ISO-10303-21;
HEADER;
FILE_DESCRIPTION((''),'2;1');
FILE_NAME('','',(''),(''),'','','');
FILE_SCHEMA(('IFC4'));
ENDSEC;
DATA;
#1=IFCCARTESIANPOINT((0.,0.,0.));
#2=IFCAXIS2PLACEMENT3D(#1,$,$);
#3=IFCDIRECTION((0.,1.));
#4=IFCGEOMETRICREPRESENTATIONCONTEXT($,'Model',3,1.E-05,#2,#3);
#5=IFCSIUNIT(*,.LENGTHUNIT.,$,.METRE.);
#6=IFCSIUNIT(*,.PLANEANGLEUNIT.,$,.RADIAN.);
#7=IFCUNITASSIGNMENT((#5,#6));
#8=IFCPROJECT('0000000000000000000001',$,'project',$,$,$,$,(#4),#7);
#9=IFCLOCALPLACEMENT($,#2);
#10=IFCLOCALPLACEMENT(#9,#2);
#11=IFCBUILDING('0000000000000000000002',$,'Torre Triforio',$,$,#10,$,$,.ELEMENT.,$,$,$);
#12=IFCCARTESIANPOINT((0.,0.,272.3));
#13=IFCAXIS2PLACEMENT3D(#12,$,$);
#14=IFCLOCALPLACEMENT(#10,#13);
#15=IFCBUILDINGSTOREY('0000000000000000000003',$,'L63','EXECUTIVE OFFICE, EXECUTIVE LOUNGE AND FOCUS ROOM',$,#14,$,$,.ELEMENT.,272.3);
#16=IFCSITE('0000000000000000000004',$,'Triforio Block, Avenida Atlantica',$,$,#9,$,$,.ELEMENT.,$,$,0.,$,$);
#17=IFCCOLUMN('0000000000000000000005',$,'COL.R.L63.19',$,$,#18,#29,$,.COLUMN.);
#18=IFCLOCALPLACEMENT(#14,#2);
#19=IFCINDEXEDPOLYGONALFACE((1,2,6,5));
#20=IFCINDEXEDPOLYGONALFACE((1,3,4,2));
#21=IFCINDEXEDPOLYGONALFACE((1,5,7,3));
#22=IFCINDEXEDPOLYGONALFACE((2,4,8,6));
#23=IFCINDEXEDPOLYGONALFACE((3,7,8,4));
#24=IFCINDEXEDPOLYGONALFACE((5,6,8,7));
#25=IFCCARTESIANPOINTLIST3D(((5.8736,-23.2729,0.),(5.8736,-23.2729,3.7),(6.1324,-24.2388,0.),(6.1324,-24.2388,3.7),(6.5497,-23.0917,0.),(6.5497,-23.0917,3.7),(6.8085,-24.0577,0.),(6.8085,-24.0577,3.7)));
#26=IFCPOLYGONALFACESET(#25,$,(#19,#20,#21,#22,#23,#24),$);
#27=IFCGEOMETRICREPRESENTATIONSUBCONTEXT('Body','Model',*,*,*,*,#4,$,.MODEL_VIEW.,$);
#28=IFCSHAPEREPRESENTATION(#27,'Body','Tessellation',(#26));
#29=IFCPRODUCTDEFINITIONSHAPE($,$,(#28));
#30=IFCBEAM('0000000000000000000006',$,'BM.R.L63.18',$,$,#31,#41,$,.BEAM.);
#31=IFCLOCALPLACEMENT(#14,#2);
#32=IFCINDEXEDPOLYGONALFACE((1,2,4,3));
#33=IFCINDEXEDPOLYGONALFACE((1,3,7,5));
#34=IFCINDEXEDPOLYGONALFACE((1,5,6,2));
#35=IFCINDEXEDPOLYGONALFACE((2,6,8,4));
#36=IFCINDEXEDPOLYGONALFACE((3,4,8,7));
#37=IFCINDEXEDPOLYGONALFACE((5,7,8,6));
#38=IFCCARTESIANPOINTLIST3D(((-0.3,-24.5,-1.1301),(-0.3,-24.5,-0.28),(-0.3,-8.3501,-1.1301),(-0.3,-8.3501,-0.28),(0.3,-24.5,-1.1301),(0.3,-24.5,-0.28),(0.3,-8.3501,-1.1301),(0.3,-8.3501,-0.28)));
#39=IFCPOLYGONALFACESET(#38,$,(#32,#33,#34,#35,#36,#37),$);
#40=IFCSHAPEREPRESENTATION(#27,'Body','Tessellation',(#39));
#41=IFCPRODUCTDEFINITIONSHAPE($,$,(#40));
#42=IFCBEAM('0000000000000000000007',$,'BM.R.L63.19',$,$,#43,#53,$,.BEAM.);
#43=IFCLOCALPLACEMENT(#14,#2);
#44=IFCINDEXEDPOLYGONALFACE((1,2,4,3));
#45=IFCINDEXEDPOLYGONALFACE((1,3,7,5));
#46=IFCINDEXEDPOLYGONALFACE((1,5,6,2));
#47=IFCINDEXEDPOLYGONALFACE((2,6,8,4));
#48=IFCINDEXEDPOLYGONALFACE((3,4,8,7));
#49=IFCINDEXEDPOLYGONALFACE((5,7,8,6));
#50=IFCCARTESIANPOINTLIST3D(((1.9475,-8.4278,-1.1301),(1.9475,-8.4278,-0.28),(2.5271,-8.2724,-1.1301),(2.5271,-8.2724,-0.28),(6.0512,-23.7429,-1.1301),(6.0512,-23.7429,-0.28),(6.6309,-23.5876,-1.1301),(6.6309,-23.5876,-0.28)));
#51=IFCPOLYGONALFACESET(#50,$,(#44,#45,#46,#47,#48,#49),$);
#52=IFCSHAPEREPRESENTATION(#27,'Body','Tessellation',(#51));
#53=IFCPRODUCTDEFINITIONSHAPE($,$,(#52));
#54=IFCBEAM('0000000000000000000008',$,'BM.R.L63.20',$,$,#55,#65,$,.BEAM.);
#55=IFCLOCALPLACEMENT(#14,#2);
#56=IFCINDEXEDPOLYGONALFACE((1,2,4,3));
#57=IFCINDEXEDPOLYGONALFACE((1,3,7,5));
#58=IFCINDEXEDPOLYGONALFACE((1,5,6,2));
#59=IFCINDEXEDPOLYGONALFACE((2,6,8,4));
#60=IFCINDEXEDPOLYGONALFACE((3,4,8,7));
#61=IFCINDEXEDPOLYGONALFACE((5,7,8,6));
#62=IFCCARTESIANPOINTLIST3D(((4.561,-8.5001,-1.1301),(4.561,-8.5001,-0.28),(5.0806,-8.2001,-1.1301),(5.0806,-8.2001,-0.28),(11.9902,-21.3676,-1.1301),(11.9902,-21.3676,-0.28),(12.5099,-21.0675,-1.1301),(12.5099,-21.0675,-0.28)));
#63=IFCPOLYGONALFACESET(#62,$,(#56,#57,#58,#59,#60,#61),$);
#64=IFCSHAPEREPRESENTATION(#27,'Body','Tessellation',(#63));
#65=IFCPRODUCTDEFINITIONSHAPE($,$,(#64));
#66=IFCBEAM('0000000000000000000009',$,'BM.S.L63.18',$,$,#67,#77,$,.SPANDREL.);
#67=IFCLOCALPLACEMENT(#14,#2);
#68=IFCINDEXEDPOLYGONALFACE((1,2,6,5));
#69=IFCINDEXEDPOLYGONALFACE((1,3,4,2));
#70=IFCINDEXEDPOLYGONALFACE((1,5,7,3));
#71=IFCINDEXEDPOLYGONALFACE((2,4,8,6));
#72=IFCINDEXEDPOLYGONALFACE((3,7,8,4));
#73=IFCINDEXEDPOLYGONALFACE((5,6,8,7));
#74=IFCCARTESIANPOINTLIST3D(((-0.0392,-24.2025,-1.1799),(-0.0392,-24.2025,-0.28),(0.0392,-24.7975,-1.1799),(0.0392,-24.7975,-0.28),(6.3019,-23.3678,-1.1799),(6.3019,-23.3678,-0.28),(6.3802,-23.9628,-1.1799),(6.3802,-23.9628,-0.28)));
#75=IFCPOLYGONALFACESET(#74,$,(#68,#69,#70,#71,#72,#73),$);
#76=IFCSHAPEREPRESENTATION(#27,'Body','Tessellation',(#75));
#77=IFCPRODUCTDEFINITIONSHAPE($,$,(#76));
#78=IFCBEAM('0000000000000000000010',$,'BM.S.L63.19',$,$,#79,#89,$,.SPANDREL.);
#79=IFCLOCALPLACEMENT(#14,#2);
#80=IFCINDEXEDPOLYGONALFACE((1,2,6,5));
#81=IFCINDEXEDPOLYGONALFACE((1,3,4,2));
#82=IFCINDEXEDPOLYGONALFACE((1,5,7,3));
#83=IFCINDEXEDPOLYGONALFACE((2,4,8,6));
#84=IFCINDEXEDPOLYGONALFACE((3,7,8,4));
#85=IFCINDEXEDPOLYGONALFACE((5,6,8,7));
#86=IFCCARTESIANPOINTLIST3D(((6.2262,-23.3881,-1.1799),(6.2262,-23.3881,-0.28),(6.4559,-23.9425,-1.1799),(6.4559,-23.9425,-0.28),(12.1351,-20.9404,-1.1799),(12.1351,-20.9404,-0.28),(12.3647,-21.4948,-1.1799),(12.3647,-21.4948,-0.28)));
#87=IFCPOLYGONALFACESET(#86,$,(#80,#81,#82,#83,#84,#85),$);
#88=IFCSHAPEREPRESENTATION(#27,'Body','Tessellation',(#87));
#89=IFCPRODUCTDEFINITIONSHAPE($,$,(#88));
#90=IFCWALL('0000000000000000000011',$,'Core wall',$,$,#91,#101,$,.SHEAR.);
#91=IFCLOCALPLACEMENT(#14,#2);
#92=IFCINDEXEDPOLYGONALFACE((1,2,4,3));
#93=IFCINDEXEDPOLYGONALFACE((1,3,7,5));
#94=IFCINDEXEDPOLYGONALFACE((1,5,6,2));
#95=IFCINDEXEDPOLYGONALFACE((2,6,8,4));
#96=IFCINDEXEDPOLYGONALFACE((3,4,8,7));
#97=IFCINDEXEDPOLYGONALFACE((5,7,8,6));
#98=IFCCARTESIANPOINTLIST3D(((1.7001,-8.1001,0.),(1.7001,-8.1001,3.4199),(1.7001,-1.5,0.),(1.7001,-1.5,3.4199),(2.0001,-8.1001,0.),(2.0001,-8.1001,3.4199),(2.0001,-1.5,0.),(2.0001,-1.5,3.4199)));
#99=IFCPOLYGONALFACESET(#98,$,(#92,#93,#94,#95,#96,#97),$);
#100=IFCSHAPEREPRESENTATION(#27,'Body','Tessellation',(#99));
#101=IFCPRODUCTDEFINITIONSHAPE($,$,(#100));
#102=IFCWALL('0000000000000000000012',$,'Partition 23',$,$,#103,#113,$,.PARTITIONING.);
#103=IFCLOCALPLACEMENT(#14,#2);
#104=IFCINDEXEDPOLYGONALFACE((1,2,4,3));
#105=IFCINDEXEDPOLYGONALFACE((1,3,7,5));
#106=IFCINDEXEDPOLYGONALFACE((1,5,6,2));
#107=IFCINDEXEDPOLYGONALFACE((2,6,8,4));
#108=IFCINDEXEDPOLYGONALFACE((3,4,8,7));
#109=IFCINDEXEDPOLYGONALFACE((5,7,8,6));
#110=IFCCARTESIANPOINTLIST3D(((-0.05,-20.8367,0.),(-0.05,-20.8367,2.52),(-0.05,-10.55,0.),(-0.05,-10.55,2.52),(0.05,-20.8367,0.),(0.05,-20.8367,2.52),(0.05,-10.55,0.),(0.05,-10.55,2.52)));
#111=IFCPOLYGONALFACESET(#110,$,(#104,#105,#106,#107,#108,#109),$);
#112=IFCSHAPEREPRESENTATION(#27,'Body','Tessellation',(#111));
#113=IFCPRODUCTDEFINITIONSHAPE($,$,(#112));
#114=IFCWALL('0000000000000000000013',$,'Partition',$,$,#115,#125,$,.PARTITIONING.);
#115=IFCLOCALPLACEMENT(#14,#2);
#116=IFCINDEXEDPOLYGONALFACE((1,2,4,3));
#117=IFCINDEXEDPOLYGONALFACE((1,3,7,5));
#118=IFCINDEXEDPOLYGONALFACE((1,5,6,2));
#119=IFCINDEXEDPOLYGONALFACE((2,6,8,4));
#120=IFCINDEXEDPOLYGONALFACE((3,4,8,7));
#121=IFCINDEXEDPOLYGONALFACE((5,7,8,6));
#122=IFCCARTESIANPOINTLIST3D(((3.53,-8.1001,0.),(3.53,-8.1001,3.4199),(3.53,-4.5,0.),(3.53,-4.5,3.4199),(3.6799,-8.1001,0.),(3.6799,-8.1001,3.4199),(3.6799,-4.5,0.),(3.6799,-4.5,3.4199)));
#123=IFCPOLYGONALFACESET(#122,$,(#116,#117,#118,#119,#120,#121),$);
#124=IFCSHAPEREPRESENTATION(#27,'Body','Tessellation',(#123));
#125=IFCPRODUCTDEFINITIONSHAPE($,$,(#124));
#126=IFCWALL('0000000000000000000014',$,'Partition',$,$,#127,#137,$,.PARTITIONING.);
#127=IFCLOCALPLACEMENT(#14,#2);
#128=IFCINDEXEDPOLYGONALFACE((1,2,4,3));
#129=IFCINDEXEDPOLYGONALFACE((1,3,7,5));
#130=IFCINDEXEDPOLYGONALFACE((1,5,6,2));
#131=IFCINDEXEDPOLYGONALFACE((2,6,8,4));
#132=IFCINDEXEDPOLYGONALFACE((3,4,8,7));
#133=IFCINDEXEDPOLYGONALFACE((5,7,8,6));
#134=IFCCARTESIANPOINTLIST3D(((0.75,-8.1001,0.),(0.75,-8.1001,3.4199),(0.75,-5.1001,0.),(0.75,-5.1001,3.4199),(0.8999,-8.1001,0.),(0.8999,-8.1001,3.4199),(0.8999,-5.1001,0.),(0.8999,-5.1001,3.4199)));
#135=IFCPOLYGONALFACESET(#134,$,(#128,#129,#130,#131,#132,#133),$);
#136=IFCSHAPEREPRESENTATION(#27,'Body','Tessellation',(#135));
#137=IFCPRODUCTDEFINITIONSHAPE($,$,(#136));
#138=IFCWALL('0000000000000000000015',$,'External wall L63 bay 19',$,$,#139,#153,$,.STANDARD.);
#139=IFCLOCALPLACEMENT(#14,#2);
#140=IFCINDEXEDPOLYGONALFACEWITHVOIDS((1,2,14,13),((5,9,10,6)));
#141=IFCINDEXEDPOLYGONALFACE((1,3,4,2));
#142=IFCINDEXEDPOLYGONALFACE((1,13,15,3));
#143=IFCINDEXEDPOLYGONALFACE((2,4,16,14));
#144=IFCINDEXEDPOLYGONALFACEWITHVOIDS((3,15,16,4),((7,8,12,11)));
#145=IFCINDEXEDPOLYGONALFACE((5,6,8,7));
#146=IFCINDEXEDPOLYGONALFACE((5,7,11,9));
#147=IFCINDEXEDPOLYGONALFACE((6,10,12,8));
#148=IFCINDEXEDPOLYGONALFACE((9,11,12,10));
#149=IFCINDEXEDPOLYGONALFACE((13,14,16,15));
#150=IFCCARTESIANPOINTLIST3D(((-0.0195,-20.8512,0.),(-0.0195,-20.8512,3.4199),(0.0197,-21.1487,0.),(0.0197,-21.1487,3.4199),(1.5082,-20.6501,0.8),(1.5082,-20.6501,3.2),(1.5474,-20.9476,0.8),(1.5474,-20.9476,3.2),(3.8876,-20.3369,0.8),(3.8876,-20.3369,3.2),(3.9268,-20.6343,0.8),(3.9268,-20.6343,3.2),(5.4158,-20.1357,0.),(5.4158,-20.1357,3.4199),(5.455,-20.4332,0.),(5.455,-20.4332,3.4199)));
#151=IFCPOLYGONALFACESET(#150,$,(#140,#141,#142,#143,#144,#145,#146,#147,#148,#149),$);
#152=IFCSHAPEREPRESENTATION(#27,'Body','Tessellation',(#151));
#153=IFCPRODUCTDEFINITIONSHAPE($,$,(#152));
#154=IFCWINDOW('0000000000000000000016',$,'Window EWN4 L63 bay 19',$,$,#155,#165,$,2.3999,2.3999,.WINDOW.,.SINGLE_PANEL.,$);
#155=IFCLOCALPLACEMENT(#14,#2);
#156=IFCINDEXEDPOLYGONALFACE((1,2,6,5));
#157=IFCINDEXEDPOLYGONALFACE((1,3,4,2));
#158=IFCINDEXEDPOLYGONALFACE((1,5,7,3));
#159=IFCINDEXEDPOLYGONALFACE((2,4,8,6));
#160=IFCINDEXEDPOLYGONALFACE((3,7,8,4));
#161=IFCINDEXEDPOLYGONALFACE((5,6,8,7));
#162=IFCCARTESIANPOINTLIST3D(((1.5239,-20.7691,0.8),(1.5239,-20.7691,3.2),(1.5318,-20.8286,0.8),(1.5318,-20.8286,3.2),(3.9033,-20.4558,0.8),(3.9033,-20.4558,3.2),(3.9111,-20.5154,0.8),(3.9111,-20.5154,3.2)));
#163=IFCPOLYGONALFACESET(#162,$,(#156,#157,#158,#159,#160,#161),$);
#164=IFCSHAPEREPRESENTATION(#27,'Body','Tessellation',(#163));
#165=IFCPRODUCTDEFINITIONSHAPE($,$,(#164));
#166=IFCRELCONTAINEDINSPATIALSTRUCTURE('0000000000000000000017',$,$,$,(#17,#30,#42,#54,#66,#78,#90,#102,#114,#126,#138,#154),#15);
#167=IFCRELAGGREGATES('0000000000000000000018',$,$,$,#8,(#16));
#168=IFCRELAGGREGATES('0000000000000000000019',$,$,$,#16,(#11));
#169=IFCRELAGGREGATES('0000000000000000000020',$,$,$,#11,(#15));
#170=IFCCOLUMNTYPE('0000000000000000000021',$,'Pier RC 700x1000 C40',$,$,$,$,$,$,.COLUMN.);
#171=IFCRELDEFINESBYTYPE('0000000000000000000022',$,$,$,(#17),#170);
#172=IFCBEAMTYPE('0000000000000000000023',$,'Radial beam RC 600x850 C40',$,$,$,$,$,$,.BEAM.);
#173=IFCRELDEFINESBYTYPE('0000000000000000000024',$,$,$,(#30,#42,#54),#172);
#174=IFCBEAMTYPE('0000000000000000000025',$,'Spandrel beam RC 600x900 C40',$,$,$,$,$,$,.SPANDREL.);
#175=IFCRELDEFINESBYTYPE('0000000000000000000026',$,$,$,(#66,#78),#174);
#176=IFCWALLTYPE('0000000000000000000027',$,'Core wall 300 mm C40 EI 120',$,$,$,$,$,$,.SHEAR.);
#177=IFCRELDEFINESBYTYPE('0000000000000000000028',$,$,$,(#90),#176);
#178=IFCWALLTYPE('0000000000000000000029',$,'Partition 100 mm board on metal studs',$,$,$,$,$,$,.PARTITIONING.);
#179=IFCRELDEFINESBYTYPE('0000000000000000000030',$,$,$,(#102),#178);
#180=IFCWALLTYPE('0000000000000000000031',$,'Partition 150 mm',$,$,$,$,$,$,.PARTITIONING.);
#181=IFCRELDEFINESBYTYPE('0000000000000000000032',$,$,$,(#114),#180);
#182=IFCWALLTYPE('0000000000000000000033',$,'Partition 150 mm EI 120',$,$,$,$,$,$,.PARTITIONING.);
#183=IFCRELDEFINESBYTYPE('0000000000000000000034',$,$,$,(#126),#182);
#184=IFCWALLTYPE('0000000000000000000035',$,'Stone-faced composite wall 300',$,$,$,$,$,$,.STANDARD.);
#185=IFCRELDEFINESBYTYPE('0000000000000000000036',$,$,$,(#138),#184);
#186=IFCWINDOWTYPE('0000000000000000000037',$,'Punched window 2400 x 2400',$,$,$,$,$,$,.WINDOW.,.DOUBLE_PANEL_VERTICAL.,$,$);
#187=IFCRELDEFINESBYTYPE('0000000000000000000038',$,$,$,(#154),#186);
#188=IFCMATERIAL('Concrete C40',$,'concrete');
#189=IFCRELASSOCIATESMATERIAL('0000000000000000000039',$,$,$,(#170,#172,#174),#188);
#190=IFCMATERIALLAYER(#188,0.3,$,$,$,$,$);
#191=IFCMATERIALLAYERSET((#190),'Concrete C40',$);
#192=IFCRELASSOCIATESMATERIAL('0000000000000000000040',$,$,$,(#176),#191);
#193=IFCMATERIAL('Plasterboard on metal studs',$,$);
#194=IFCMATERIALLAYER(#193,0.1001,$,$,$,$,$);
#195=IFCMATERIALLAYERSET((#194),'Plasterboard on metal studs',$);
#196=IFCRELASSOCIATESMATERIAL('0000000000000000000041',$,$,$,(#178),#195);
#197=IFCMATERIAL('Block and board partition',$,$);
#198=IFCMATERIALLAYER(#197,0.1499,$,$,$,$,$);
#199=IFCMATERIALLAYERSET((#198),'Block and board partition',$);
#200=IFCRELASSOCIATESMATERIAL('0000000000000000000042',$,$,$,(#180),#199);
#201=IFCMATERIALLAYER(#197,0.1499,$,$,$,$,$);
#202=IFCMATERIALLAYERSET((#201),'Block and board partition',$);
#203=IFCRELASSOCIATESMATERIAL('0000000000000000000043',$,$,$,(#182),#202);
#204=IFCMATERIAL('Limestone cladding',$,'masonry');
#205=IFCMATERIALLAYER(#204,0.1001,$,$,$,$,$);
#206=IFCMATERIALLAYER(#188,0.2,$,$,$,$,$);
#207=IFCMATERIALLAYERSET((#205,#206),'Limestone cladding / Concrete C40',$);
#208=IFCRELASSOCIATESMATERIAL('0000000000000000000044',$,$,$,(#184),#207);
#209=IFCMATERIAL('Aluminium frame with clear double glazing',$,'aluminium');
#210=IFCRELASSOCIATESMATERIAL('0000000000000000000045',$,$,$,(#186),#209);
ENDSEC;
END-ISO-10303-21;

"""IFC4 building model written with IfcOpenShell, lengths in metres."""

from ifc_helpers import new_model, si_unit, direction, frame, frame_2d, origin, origin_2d, place, context, subcontext, project, spatial, rectangle, extrude, material, layer, layer_set, material_profile, profile_set, type_object, element, fill, save


model = new_model("IFC4")

# Units and contexts
model_context = context("Model", 3, precision=1e-05, world=origin(), true_north=direction((0.0, 1.0)))
body_context = subcontext(model_context, "Body", "Model", "MODEL_VIEW")
ifc_project = project(units=[si_unit("LENGTHUNIT", "METRE"), si_unit("PLANEANGLEUNIT", "RADIAN")], contexts=[model_context])

# Site, building, storey
site_placement = place(None, origin())
site = spatial("IfcSite", under=ifc_project, at=site_placement, Name="Triforio Block, Avenida Atlantica", CompositionType="ELEMENT", RefElevation=0.0)
building_placement = place(site_placement, origin())
building = spatial("IfcBuilding", under=site, at=building_placement, Name="Torre Triforio", CompositionType="ELEMENT")
storey_placement = place(building_placement, frame((0.0, 0.0, 272.3)))
storey = spatial("IfcBuildingStorey", under=building, at=storey_placement, Name="L63", Description="EXECUTIVE OFFICE, EXECUTIVE LOUNGE AND FOCUS ROOM", CompositionType="ELEMENT", Elevation=272.3)

# Column
ifc_material_1 = material(Name="Concrete C40", Category="concrete")
ifc_material_profile_1 = material_profile(ifc_material_1, rectangle(XDim=0.7, YDim=1.0, at=origin_2d()), Name="RC 700x1000")
ifc_profile_set_1 = profile_set([ifc_material_profile_1], Name="Concrete C40")
column_type = type_object("IfcColumnType", Name="Pier RC 700x1000 C40", PredefinedType="COLUMN", material=ifc_profile_set_1)
column_placement = place(storey_placement, frame((6.3411, -23.6653, 0.0), z_axis=(0.0, 0.0, 1.0), x_axis=(0.965926, 0.258819, 0.0)))
element("IfcColumn", 1, at=column_placement, inside=storey, type_object=column_type, Name="COL.R.L63.19", PredefinedType="COLUMN", context=body_context, shape_type="SweptSolid", body=[
    extrude(rectangle(XDim=0.7, YDim=1.0, at=origin_2d()), origin(), (0.0, 0.0, 1.0), 3.7),
])

# Beams
ifc_material_profile_2 = material_profile(ifc_material_1, rectangle(XDim=0.6001, YDim=0.8501, at=origin_2d()), Name="RC 600x850")
ifc_profile_set_2 = profile_set([ifc_material_profile_2], Name="Concrete C40")
beam_type_1 = type_object("IfcBeamType", Name="Radial beam RC 600x850 C40", PredefinedType="BEAM", material=ifc_profile_set_2)
beam_1_placement = place(storey_placement, frame((0.0, -8.3501, -0.7051), z_axis=(0.0, -1.0, 0.0), x_axis=(1.0, 0.0, 0.0)))
element("IfcBeam", 2, at=beam_1_placement, inside=storey, type_object=beam_type_1, Name="BM.R.L63.18", PredefinedType="BEAM", context=body_context, shape_type="SweptSolid", body=[
    extrude(rectangle(XDim=0.6001, YDim=0.8501, at=origin_2d()), origin(), (0.0, 0.0, 1.0), 16.1499),
])
beam_2_placement = place(storey_placement, frame((2.2373, -8.3501, -0.7051), z_axis=(0.258823, -0.965925, 0.0), x_axis=(0.965925, 0.258823, 0.0)))
element("IfcBeam", 3, at=beam_2_placement, inside=storey, type_object=beam_type_1, Name="BM.R.L63.19", PredefinedType="BEAM", context=body_context, shape_type="SweptSolid", body=[
    extrude(rectangle(XDim=0.6001, YDim=0.8501, at=origin_2d()), origin(), (0.0, 0.0, 1.0), 15.8555),
])
beam_3_placement = place(storey_placement, frame((4.8208, -8.3501, -0.7051), z_axis=(0.500009, -0.86602, 0.0), x_axis=(0.86602, 0.500009, 0.0)))
element("IfcBeam", 4, at=beam_3_placement, inside=storey, type_object=beam_type_1, Name="BM.R.L63.20", PredefinedType="BEAM", context=body_context, shape_type="SweptSolid", body=[
    extrude(rectangle(XDim=0.6001, YDim=0.8501, at=origin_2d()), origin(), (0.0, 0.0, 1.0), 14.8582),
])
ifc_material_profile_3 = material_profile(ifc_material_1, rectangle(XDim=0.6001, YDim=0.8999, at=origin_2d()), Name="RC 600x900")
ifc_profile_set_3 = profile_set([ifc_material_profile_3], Name="Concrete C40")
beam_type_2 = type_object("IfcBeamType", Name="Spandrel beam RC 600x900 C40", PredefinedType="SPANDREL", material=ifc_profile_set_3)
for number, where, z_axis, x_axis, name in (
    (5, (0.0, -24.5, -0.73), (0.991447, 0.130511, 0.0), (-0.130511, 0.991447, 0.0), "BM.S.L63.18"),
    (6, (6.3411, -23.6653, -0.73), (0.923869, 0.382709, 0.0), (-0.382709, 0.923869, 0.0), "BM.S.L63.19"),
):
    element("IfcBeam", number, at=place(storey_placement, frame(where, z_axis=z_axis, x_axis=x_axis)), inside=storey, type_object=beam_type_2, Name=name, PredefinedType="SPANDREL", context=body_context, shape_type="SweptSolid", body=[
        extrude(rectangle(XDim=0.6001, YDim=0.8999, at=origin_2d()), origin(), (0.0, 0.0, 1.0), 6.3958),
    ])

# Walls
ifc_layer_1 = layer(ifc_material_1, 0.3)
ifc_layer_set_1 = layer_set([ifc_layer_1], Name="Concrete C40")
wall_type_1 = type_object("IfcWallType", Name="Core wall 300 mm C40 EI 120", PredefinedType="SHEAR", material=ifc_layer_set_1)
wall_1_placement = place(storey_placement, frame((1.8501, -8.1001, 0.0), z_axis=(0.0, 0.0, 1.0), x_axis=(0.0, 1.0, 0.0)))
element("IfcWall", 7, at=wall_1_placement, inside=storey, type_object=wall_type_1, Name="Core wall", PredefinedType="SHEAR", context=body_context, shape_type="SweptSolid", body=[
    extrude(rectangle(XDim=6.6001, YDim=0.3, at=frame_2d((3.3, 0.0))), origin(), (0.0, 0.0, 1.0), 3.4199),
])
ifc_material_2 = material(Name="Plasterboard on metal studs")
ifc_layer_2 = layer(ifc_material_2, 0.1001)
ifc_layer_set_2 = layer_set([ifc_layer_2], Name="Plasterboard on metal studs")
wall_type_2 = type_object("IfcWallType", Name="Partition 100 mm board on metal studs", PredefinedType="PARTITIONING", material=ifc_layer_set_2)
wall_2_placement = place(storey_placement, frame((0.0, -10.55, 0.0), z_axis=(0.0, 0.0, 1.0), x_axis=(0.0, -1.0, 0.0)))
element("IfcWall", 8, at=wall_2_placement, inside=storey, type_object=wall_type_2, Name="Partition 23", PredefinedType="PARTITIONING", context=body_context, shape_type="SweptSolid", body=[
    extrude(rectangle(XDim=10.2866, YDim=0.1001, at=frame_2d((5.1433, 0.0))), origin(), (0.0, 0.0, 1.0), 2.52),
])
ifc_material_3 = material(Name="Block and board partition")
ifc_layer_3 = layer(ifc_material_3, 0.1499)
ifc_layer_set_3 = layer_set([ifc_layer_3], Name="Block and board partition")
wall_type_3 = type_object("IfcWallType", Name="Partition 150 mm", PredefinedType="PARTITIONING", material=ifc_layer_set_3)
wall_3_placement = place(storey_placement, frame((3.605, -8.1001, 0.0), z_axis=(0.0, 0.0, 1.0), x_axis=(0.0, 1.0, 0.0)))
element("IfcWall", 9, at=wall_3_placement, inside=storey, type_object=wall_type_3, Name="Partition", PredefinedType="PARTITIONING", context=body_context, shape_type="SweptSolid", body=[
    extrude(rectangle(XDim=3.6001, YDim=0.1499, at=frame_2d((1.8, 0.0))), origin(), (0.0, 0.0, 1.0), 3.4199),
])
ifc_layer_4 = layer(ifc_material_3, 0.1499)
ifc_layer_set_4 = layer_set([ifc_layer_4], Name="Block and board partition")
wall_type_4 = type_object("IfcWallType", Name="Partition 150 mm EI 120", PredefinedType="PARTITIONING", material=ifc_layer_set_4)
wall_4_placement = place(storey_placement, frame((0.825, -8.1001, 0.0), z_axis=(0.0, 0.0, 1.0), x_axis=(0.0, 1.0, 0.0)))
element("IfcWall", 10, at=wall_4_placement, inside=storey, type_object=wall_type_4, Name="Partition", PredefinedType="PARTITIONING", context=body_context, shape_type="SweptSolid", body=[
    extrude(rectangle(XDim=3.0, YDim=0.1499, at=frame_2d((1.5, 0.0))), origin(), (0.0, 0.0, 1.0), 3.4199),
])

# Wall, opening, window
ifc_material_4 = material(Name="Limestone cladding", Category="masonry")
ifc_layer_5 = layer(ifc_material_4, 0.1001)
ifc_layer_6 = layer(ifc_material_1, 0.2)
ifc_layer_set_5 = layer_set([ifc_layer_5, ifc_layer_6], Name="Limestone cladding / Concrete C40")
wall_type_5 = type_object("IfcWallType", Name="Stone-faced composite wall 300", PredefinedType="STANDARD", material=ifc_layer_set_5)
wall_5_placement = place(storey_placement, frame((0.0, -21.0, 0.0), z_axis=(0.0, 0.0, 1.0), x_axis=(0.991445, 0.130527, 0.0)))
wall_5 = element("IfcWall", 11, at=wall_5_placement, inside=storey, type_object=wall_type_5, Name="External wall L63 bay 19", PredefinedType="STANDARD", context=body_context, shape_type="SweptSolid", body=[
    extrude(rectangle(XDim=5.4822, YDim=0.3, at=frame_2d((2.7412, 0.0))), origin(), (0.0, 0.0, 1.0), 3.4199),
])
opening_1_placement = place(wall_5_placement, frame((1.541, 0.0, 0.8)))
opening_1 = element("IfcOpeningElement", 12, at=opening_1_placement, cuts=wall_5, PredefinedType="OPENING", context=body_context, shape_type="SweptSolid", body=[
    extrude(rectangle(XDim=2.3999, YDim=2.3999, at=frame_2d((1.2, 1.2))), frame((0.0, 0.1599, 0.0), z_axis=(0.0, -1.0, 0.0), x_axis=(1.0, 0.0, 0.0)), (0.0, 0.0, 1.0), 0.3201),
])
ifc_material_5 = material(Name="Aluminium frame with clear double glazing", Category="aluminium")
window_type_1 = type_object("IfcWindowType", Name="Punched window 2400 x 2400", PartitioningType="DOUBLE_PANEL_VERTICAL", PredefinedType="WINDOW", material=ifc_material_5)
window_1_placement = place(opening_1_placement, origin())
window_1 = element("IfcWindow", 13, at=window_1_placement, inside=storey, type_object=window_type_1, Name="Window EWN4 L63 bay 19", OverallHeight=2.3999, OverallWidth=2.3999, PartitioningType="SINGLE_PANEL", PredefinedType="WINDOW", context=body_context, shape_type="SweptSolid", body=[
    extrude(rectangle(XDim=2.3999, YDim=2.3999, at=frame_2d((1.2, 1.2))), frame((0.0, 0.03, 0.0), z_axis=(0.0, -1.0, 0.0), x_axis=(1.0, 0.0, 0.0)), (0.0, 0.0, 1.0), 0.0601),
])
fill(opening_1, window_1)

save(model, "model.ifc")
